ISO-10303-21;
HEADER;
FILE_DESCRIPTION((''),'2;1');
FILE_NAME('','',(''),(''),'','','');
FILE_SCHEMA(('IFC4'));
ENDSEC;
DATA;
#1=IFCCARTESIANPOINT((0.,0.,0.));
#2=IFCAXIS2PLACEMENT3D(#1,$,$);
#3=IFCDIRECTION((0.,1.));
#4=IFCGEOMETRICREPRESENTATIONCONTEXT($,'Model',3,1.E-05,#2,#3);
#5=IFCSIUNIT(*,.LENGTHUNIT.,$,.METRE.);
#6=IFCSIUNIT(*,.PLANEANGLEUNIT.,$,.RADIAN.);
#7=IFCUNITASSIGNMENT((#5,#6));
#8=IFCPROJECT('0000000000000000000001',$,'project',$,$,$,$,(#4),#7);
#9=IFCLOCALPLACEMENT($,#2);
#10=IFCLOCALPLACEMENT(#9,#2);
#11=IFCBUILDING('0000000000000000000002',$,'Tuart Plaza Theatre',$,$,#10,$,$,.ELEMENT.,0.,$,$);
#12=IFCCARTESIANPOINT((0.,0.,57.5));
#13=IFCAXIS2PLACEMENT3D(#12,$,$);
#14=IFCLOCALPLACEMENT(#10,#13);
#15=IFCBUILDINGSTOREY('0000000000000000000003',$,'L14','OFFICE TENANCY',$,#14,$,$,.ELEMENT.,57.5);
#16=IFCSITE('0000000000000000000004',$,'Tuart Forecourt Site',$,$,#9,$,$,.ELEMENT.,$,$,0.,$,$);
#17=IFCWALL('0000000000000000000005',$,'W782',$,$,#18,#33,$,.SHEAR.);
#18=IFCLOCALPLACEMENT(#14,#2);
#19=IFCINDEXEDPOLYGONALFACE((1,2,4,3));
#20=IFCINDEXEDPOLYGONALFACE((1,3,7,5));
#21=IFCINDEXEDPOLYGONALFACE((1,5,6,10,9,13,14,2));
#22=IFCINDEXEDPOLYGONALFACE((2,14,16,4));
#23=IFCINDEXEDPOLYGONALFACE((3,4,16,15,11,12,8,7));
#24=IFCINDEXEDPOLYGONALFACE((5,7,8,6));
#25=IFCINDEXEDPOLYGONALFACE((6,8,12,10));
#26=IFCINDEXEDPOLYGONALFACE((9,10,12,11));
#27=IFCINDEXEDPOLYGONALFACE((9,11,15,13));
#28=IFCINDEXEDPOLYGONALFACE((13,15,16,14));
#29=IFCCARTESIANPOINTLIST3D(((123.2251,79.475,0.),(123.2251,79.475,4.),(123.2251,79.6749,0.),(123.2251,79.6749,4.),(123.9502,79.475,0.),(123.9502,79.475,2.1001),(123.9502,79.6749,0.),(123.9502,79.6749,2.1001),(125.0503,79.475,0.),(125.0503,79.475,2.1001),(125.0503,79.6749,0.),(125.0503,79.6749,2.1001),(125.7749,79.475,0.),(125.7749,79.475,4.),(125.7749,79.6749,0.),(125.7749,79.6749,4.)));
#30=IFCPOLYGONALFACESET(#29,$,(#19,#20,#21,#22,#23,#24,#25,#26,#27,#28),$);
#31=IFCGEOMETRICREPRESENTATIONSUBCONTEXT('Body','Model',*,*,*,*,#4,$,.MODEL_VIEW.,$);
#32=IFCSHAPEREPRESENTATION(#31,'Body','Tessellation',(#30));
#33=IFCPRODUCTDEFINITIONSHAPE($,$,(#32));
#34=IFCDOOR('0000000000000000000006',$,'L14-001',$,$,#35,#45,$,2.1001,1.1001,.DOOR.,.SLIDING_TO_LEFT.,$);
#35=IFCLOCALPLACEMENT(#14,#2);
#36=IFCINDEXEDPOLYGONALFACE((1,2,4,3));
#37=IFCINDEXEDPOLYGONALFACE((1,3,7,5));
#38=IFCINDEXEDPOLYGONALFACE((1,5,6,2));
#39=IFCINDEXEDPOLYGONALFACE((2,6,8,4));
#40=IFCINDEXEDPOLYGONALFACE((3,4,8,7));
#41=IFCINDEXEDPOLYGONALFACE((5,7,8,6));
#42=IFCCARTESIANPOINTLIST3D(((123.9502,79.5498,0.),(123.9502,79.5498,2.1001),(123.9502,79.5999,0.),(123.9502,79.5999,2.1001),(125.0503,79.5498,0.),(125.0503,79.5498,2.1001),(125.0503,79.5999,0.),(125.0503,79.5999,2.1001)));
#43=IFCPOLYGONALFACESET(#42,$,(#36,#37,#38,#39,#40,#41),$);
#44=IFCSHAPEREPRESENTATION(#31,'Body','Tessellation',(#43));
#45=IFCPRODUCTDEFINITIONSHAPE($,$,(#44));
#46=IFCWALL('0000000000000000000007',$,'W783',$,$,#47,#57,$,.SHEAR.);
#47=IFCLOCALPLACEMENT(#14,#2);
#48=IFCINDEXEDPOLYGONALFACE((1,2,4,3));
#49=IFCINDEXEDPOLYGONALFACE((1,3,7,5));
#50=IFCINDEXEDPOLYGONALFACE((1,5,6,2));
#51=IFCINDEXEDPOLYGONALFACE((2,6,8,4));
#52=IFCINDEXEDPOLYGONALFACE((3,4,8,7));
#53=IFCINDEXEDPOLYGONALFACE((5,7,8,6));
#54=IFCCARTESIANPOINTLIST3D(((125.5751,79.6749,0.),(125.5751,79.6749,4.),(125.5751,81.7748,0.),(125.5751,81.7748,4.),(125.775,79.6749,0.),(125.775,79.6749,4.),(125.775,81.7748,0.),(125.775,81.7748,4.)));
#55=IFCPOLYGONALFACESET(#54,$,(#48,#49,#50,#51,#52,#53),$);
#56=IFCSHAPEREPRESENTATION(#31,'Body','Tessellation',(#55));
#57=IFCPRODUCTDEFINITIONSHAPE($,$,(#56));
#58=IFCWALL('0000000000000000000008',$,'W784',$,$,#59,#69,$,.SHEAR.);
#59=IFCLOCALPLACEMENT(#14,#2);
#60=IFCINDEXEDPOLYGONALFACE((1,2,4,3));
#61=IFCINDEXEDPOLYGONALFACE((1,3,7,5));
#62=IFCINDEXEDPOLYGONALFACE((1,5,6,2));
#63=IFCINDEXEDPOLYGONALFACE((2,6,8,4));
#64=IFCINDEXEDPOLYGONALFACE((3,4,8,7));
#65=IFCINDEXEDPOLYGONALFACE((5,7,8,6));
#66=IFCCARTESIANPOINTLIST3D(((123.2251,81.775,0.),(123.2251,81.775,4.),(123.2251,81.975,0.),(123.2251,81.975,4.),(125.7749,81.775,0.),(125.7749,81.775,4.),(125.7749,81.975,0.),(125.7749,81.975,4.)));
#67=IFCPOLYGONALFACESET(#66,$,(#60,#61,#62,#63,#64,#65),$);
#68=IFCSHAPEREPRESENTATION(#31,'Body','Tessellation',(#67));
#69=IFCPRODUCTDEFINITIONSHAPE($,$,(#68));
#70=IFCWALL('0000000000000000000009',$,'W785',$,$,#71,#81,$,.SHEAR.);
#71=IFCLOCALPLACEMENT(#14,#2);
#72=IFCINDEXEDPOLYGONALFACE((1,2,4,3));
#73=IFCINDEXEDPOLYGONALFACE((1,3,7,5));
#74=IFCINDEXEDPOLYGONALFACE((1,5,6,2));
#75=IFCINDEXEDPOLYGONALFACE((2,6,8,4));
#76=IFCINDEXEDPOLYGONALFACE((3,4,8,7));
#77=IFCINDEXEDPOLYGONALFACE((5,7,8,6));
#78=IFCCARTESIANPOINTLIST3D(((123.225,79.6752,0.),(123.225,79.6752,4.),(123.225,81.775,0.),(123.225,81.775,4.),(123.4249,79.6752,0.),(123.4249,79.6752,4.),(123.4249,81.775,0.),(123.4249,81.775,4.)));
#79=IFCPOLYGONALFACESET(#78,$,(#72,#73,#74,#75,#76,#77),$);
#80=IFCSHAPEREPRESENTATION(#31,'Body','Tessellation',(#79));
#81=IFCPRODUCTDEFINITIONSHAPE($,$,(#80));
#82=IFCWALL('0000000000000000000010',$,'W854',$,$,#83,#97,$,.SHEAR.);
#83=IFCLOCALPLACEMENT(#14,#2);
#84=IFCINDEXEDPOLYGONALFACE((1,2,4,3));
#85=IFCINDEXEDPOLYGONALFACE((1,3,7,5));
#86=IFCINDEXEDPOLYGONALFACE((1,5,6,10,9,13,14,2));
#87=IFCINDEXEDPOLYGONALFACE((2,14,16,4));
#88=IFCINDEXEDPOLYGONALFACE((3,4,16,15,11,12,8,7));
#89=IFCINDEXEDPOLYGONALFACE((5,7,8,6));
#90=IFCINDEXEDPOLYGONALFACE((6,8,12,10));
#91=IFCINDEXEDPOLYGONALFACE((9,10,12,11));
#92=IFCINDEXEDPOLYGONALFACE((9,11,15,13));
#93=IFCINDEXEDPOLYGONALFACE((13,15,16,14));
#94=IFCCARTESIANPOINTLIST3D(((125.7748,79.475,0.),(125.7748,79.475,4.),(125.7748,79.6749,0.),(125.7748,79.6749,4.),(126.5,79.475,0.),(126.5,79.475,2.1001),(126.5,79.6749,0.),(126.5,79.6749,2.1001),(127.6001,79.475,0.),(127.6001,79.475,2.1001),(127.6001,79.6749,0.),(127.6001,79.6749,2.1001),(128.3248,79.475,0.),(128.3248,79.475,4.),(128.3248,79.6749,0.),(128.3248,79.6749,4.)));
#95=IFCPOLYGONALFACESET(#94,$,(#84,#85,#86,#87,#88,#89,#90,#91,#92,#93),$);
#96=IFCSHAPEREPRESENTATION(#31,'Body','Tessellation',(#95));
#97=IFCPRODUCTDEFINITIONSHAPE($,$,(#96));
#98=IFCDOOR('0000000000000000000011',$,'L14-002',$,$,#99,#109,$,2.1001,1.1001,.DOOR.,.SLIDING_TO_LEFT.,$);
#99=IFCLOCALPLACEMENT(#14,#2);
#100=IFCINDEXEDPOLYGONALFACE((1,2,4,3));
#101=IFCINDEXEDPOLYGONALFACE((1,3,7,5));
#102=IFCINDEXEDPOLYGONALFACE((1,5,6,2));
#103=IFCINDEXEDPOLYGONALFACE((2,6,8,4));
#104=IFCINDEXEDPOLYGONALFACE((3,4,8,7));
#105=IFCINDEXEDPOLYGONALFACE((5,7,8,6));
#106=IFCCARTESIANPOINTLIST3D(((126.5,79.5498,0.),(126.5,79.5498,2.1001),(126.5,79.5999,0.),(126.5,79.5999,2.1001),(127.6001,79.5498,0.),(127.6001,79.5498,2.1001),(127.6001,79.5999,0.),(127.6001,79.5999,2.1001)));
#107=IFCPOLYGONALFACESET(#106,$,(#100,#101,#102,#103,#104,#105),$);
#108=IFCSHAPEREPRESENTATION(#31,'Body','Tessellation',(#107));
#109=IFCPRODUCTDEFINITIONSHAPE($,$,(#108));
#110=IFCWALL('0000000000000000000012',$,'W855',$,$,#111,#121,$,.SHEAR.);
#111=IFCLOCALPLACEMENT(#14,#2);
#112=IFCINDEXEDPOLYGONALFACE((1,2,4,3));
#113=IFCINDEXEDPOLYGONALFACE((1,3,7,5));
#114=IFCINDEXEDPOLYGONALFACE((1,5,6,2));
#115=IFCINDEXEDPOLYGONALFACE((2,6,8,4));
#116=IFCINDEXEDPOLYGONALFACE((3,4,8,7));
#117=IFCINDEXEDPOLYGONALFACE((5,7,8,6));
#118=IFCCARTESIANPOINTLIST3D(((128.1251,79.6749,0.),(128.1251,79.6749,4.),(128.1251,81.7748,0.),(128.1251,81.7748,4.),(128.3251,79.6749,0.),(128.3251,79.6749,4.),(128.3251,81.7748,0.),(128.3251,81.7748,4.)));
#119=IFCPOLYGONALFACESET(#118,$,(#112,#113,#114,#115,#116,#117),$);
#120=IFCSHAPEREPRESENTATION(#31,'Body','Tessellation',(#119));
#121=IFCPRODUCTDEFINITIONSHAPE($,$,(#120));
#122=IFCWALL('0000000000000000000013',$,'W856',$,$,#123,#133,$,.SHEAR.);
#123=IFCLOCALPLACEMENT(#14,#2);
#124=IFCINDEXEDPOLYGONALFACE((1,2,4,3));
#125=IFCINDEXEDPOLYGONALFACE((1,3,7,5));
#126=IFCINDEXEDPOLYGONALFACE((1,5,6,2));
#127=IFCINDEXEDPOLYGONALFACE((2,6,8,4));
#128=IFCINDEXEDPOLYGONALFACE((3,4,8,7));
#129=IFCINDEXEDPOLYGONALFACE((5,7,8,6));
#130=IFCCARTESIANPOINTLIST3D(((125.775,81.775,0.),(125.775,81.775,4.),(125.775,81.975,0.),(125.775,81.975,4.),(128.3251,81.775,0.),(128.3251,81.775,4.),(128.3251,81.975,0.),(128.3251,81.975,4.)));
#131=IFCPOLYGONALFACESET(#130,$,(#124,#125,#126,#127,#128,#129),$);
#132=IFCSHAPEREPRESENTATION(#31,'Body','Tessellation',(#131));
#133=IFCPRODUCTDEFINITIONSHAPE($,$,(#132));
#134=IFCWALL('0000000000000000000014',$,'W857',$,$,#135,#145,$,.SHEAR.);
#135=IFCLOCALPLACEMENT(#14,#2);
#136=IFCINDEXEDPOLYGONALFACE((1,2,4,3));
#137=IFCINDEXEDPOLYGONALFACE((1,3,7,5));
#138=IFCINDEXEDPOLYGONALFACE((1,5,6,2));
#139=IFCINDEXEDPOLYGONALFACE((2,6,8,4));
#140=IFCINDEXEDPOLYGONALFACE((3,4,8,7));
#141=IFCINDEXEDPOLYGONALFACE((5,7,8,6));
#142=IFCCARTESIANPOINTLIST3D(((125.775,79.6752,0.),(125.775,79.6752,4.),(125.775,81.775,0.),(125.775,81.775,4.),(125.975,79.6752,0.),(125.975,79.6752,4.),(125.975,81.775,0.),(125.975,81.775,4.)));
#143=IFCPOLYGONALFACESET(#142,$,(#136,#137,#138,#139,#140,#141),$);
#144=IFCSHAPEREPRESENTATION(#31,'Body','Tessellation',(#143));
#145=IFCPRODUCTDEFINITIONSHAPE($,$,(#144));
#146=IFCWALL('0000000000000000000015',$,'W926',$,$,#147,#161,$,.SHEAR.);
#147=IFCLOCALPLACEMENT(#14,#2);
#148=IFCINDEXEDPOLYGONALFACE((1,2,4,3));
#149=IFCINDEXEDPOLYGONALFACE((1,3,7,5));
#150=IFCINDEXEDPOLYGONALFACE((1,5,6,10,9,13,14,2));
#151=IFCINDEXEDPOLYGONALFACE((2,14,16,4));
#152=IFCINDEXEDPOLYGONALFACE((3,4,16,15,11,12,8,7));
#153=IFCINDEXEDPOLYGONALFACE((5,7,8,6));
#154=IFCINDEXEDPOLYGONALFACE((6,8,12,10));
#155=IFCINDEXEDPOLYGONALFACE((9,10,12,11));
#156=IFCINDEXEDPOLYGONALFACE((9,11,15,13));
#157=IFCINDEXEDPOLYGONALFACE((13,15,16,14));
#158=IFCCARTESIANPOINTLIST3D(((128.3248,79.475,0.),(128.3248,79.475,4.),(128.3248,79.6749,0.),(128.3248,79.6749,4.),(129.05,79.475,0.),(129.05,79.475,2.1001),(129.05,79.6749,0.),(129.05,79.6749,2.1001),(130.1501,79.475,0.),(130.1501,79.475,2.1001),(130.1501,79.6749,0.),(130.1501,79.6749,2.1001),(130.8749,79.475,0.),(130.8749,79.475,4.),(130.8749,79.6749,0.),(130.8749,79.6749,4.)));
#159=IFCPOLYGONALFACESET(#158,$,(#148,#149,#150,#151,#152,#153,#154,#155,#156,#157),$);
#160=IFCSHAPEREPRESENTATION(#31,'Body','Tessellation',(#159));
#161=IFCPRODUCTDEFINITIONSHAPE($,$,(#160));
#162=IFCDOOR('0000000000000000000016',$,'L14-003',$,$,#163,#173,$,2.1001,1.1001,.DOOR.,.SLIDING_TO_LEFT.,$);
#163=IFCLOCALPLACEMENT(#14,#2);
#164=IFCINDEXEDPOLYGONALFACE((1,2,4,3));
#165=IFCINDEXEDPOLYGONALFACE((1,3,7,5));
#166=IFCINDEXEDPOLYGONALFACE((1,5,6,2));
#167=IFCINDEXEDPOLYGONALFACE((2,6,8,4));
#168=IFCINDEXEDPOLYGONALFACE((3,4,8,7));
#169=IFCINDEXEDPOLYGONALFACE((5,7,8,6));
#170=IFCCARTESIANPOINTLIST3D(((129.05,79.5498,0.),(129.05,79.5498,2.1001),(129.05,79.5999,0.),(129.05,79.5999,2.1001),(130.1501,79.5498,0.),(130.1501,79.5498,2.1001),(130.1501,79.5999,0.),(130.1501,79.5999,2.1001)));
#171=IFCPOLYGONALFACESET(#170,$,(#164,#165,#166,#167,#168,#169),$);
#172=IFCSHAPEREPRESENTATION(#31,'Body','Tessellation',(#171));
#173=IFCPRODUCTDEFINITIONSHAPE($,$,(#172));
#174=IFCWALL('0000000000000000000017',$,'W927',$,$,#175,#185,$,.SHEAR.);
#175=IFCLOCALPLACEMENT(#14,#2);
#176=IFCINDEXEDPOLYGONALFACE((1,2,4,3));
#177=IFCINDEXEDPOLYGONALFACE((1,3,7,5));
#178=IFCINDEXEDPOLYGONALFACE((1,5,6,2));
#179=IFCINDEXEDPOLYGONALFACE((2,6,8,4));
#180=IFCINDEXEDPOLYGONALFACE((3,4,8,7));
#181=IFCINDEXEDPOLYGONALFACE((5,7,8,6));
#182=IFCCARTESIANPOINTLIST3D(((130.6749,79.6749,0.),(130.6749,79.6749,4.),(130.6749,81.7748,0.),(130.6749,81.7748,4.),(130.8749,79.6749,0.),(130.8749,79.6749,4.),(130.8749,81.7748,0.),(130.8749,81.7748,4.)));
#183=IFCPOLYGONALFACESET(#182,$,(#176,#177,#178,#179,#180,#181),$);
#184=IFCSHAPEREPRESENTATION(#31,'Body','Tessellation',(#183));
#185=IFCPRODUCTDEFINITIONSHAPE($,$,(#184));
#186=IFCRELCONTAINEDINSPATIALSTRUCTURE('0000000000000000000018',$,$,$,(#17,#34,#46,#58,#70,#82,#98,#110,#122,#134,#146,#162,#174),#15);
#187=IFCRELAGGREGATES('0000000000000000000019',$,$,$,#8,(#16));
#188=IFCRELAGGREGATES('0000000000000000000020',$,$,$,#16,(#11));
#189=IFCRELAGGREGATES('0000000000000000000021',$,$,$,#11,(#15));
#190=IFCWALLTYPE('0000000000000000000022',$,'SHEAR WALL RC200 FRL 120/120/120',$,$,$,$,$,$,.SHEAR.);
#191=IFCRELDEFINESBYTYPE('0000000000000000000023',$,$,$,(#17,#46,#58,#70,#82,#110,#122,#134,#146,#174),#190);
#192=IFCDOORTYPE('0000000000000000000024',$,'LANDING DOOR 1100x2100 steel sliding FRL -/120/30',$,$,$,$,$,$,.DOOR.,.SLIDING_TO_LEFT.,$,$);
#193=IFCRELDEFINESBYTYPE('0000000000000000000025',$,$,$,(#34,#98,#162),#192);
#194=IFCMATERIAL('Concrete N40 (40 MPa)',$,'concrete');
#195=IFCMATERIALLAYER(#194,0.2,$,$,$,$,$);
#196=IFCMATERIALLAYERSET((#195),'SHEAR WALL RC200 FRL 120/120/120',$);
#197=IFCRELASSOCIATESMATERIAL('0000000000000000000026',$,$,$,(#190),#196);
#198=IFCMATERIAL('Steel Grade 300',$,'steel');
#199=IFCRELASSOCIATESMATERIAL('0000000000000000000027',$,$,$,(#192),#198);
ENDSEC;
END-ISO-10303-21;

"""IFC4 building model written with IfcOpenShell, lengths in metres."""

from ifc_helpers import new_model, si_unit, direction, frame, frame_2d, origin, place, context, subcontext, project, spatial, rectangle, extrude, material, layer, layer_set, type_object, element, fill, save


model = new_model("IFC4")

# Units and contexts
model_context = context("Model", 3, precision=1e-05, world=origin(), true_north=direction((0.0, 1.0)))
body_context = subcontext(model_context, "Body", "Model", "MODEL_VIEW")
ifc_project = project(units=[si_unit("LENGTHUNIT", "METRE"), si_unit("PLANEANGLEUNIT", "RADIAN")], contexts=[model_context])

# Site, building, storey
site_placement = place(None, origin())
site = spatial("IfcSite", under=ifc_project, at=site_placement, Name="Tuart Forecourt Site", CompositionType="ELEMENT", RefElevation=0.0)
building_placement = place(site_placement, origin())
building = spatial("IfcBuilding", under=site, at=building_placement, Name="Tuart Plaza Theatre", CompositionType="ELEMENT", ElevationOfRefHeight=0.0)
storey_placement = place(building_placement, frame((0.0, 0.0, 57.5)))
storey = spatial("IfcBuildingStorey", under=building, at=storey_placement, Name="L14", Description="OFFICE TENANCY", CompositionType="ELEMENT", Elevation=57.5)

# Wall, opening, door
ifc_material_1 = material(Name="Concrete N40 (40 MPa)", Category="concrete")
ifc_layer_1 = layer(ifc_material_1, 0.2)
ifc_layer_set_1 = layer_set([ifc_layer_1], Name="SHEAR WALL RC200 FRL 120/120/120")
wall_type_1 = type_object("IfcWallType", Name="SHEAR WALL RC200 FRL 120/120/120", PredefinedType="SHEAR", material=ifc_layer_set_1)
wall_1_placement = place(storey_placement, frame((123.2251, 79.575, 0.0), z_axis=(0.0, 0.0, 1.0), x_axis=(1.0, 0.0, 0.0)))
wall_1 = element("IfcWall", 1, at=wall_1_placement, inside=storey, type_object=wall_type_1, Name="W782", PredefinedType="SHEAR", context=body_context, shape_type="SweptSolid", body=[
    extrude(rectangle(XDim=2.5498, YDim=0.2, at=frame_2d((1.2749, 0.0))), origin(), (0.0, 0.0, 1.0), 4.0),
])
opening_1_placement = place(wall_1_placement, frame((0.7251, 0.0, 0.0)))
opening_1 = element("IfcOpeningElement", 2, at=opening_1_placement, cuts=wall_1, PredefinedType="OPENING", context=body_context, shape_type="SweptSolid", body=[
    extrude(rectangle(XDim=1.1001, YDim=2.1001, at=frame_2d((0.55, 1.05))), frame((0.0, 0.1099, 0.0), z_axis=(0.0, -1.0, 0.0), x_axis=(1.0, 0.0, 0.0)), (0.0, 0.0, 1.0), 0.22),
])
ifc_material_2 = material(Name="Steel Grade 300", Category="steel")
door_type_1 = type_object("IfcDoorType", Name="LANDING DOOR 1100x2100 steel sliding FRL -/120/30", OperationType="SLIDING_TO_LEFT", PredefinedType="DOOR", material=ifc_material_2)
door_1_placement = place(opening_1_placement, origin())
door_1 = element("IfcDoor", 3, at=door_1_placement, inside=storey, type_object=door_type_1, Name="L14-001", OperationType="SLIDING_TO_LEFT", OverallHeight=2.1001, OverallWidth=1.1001, PredefinedType="DOOR", context=body_context, shape_type="SweptSolid", body=[
    extrude(rectangle(XDim=1.1001, YDim=2.1001, at=frame_2d((0.55, 1.05))), frame((0.0, 0.0249, 0.0), z_axis=(0.0, -1.0, 0.0), x_axis=(1.0, 0.0, 0.0)), (0.0, 0.0, 1.0), 0.05),
])
fill(opening_1, door_1)

# Walls
wall_2_placement = place(storey_placement, frame((125.675, 79.675, 0.0), z_axis=(0.0, 0.0, 1.0), x_axis=(0.0, 1.0, 0.0)))
element("IfcWall", 4, at=wall_2_placement, inside=storey, type_object=wall_type_1, Name="W783", PredefinedType="SHEAR", context=body_context, shape_type="SweptSolid", body=[
    extrude(rectangle(XDim=2.0999, YDim=0.2, at=frame_2d((1.0498, 0.0))), origin(), (0.0, 0.0, 1.0), 4.0),
])
wall_3_placement = place(storey_placement, frame((125.7749, 81.875, 0.0), z_axis=(0.0, 0.0, 1.0), x_axis=(-1.0, 0.0, 0.0)))
element("IfcWall", 5, at=wall_3_placement, inside=storey, type_object=wall_type_1, Name="W784", PredefinedType="SHEAR", context=body_context, shape_type="SweptSolid", body=[
    extrude(rectangle(XDim=2.5498, YDim=0.2, at=frame_2d((1.2749, 0.0))), origin(), (0.0, 0.0, 1.0), 4.0),
])
wall_4_placement = place(storey_placement, frame((123.325, 81.7749, 0.0), z_axis=(0.0, 0.0, 1.0), x_axis=(0.0, -1.0, 0.0)))
element("IfcWall", 6, at=wall_4_placement, inside=storey, type_object=wall_type_1, Name="W785", PredefinedType="SHEAR", context=body_context, shape_type="SweptSolid", body=[
    extrude(rectangle(XDim=2.0999, YDim=0.2, at=frame_2d((1.0498, 0.0))), origin(), (0.0, 0.0, 1.0), 4.0),
])

# Wall, opening, door
wall_5_placement = place(storey_placement, frame((125.7749, 79.575, 0.0), z_axis=(0.0, 0.0, 1.0), x_axis=(1.0, 0.0, 0.0)))
wall_5 = element("IfcWall", 7, at=wall_5_placement, inside=storey, type_object=wall_type_1, Name="W854", PredefinedType="SHEAR", context=body_context, shape_type="SweptSolid", body=[
    extrude(rectangle(XDim=2.55, YDim=0.2, at=frame_2d((1.2749, 0.0))), origin(), (0.0, 0.0, 1.0), 4.0),
])
opening_2_placement = place(wall_5_placement, frame((0.7251, 0.0, 0.0)))
opening_2 = element("IfcOpeningElement", 8, at=opening_2_placement, cuts=wall_5, PredefinedType="OPENING", context=body_context, shape_type="SweptSolid", body=[
    extrude(rectangle(XDim=1.1001, YDim=2.1001, at=frame_2d((0.55, 1.05))), frame((0.0, 0.1099, 0.0), z_axis=(0.0, -1.0, 0.0), x_axis=(1.0, 0.0, 0.0)), (0.0, 0.0, 1.0), 0.22),
])
door_2_placement = place(opening_2_placement, origin())
door_2 = element("IfcDoor", 9, at=door_2_placement, inside=storey, type_object=door_type_1, Name="L14-002", OperationType="SLIDING_TO_LEFT", OverallHeight=2.1001, OverallWidth=1.1001, PredefinedType="DOOR", context=body_context, shape_type="SweptSolid", body=[
    extrude(rectangle(XDim=1.1001, YDim=2.1001, at=frame_2d((0.55, 1.05))), frame((0.0, 0.0249, 0.0), z_axis=(0.0, -1.0, 0.0), x_axis=(1.0, 0.0, 0.0)), (0.0, 0.0, 1.0), 0.05),
])
fill(opening_2, door_2)

# Walls
wall_6_placement = place(storey_placement, frame((128.2251, 79.675, 0.0), z_axis=(0.0, 0.0, 1.0), x_axis=(0.0, 1.0, 0.0)))
element("IfcWall", 10, at=wall_6_placement, inside=storey, type_object=wall_type_1, Name="W855", PredefinedType="SHEAR", context=body_context, shape_type="SweptSolid", body=[
    extrude(rectangle(XDim=2.0999, YDim=0.2, at=frame_2d((1.0498, 0.0))), origin(), (0.0, 0.0, 1.0), 4.0),
])
wall_7_placement = place(storey_placement, frame((128.325, 81.875, 0.0), z_axis=(0.0, 0.0, 1.0), x_axis=(-1.0, 0.0, 0.0)))
element("IfcWall", 11, at=wall_7_placement, inside=storey, type_object=wall_type_1, Name="W856", PredefinedType="SHEAR", context=body_context, shape_type="SweptSolid", body=[
    extrude(rectangle(XDim=2.55, YDim=0.2, at=frame_2d((1.2749, 0.0))), origin(), (0.0, 0.0, 1.0), 4.0),
])
wall_8_placement = place(storey_placement, frame((125.875, 81.7749, 0.0), z_axis=(0.0, 0.0, 1.0), x_axis=(0.0, -1.0, 0.0)))
element("IfcWall", 12, at=wall_8_placement, inside=storey, type_object=wall_type_1, Name="W857", PredefinedType="SHEAR", context=body_context, shape_type="SweptSolid", body=[
    extrude(rectangle(XDim=2.0999, YDim=0.2, at=frame_2d((1.0498, 0.0))), origin(), (0.0, 0.0, 1.0), 4.0),
])

# Wall, opening, door
wall_9_placement = place(storey_placement, frame((128.325, 79.575, 0.0), z_axis=(0.0, 0.0, 1.0), x_axis=(1.0, 0.0, 0.0)))
wall_9 = element("IfcWall", 13, at=wall_9_placement, inside=storey, type_object=wall_type_1, Name="W926", PredefinedType="SHEAR", context=body_context, shape_type="SweptSolid", body=[
    extrude(rectangle(XDim=2.55, YDim=0.2, at=frame_2d((1.2749, 0.0))), origin(), (0.0, 0.0, 1.0), 4.0),
])
opening_3_placement = place(wall_9_placement, frame((0.7251, 0.0, 0.0)))
opening_3 = element("IfcOpeningElement", 14, at=opening_3_placement, cuts=wall_9, PredefinedType="OPENING", context=body_context, shape_type="SweptSolid", body=[
    extrude(rectangle(XDim=1.1001, YDim=2.1001, at=frame_2d((0.55, 1.05))), frame((0.0, 0.1099, 0.0), z_axis=(0.0, -1.0, 0.0), x_axis=(1.0, 0.0, 0.0)), (0.0, 0.0, 1.0), 0.22),
])
door_3_placement = place(opening_3_placement, origin())
door_3 = element("IfcDoor", 15, at=door_3_placement, inside=storey, type_object=door_type_1, Name="L14-003", OperationType="SLIDING_TO_LEFT", OverallHeight=2.1001, OverallWidth=1.1001, PredefinedType="DOOR", context=body_context, shape_type="SweptSolid", body=[
    extrude(rectangle(XDim=1.1001, YDim=2.1001, at=frame_2d((0.55, 1.05))), frame((0.0, 0.0249, 0.0), z_axis=(0.0, -1.0, 0.0), x_axis=(1.0, 0.0, 0.0)), (0.0, 0.0, 1.0), 0.05),
])
fill(opening_3, door_3)

# Wall
for number, where, z_axis, x_axis, name in (
    (16, (130.7749, 79.675, 0.0), (0.0, 0.0, 1.0), (0.0, 1.0, 0.0), "W927"),
):
    element("IfcWall", number, at=place(storey_placement, frame(where, z_axis=z_axis, x_axis=x_axis)), inside=storey, type_object=wall_type_1, Name=name, PredefinedType="SHEAR", context=body_context, shape_type="SweptSolid", body=[
        extrude(rectangle(XDim=2.0999, YDim=0.2, at=frame_2d((1.0498, 0.0))), origin(), (0.0, 0.0, 1.0), 4.0),
    ])

save(model, "model.ifc")
